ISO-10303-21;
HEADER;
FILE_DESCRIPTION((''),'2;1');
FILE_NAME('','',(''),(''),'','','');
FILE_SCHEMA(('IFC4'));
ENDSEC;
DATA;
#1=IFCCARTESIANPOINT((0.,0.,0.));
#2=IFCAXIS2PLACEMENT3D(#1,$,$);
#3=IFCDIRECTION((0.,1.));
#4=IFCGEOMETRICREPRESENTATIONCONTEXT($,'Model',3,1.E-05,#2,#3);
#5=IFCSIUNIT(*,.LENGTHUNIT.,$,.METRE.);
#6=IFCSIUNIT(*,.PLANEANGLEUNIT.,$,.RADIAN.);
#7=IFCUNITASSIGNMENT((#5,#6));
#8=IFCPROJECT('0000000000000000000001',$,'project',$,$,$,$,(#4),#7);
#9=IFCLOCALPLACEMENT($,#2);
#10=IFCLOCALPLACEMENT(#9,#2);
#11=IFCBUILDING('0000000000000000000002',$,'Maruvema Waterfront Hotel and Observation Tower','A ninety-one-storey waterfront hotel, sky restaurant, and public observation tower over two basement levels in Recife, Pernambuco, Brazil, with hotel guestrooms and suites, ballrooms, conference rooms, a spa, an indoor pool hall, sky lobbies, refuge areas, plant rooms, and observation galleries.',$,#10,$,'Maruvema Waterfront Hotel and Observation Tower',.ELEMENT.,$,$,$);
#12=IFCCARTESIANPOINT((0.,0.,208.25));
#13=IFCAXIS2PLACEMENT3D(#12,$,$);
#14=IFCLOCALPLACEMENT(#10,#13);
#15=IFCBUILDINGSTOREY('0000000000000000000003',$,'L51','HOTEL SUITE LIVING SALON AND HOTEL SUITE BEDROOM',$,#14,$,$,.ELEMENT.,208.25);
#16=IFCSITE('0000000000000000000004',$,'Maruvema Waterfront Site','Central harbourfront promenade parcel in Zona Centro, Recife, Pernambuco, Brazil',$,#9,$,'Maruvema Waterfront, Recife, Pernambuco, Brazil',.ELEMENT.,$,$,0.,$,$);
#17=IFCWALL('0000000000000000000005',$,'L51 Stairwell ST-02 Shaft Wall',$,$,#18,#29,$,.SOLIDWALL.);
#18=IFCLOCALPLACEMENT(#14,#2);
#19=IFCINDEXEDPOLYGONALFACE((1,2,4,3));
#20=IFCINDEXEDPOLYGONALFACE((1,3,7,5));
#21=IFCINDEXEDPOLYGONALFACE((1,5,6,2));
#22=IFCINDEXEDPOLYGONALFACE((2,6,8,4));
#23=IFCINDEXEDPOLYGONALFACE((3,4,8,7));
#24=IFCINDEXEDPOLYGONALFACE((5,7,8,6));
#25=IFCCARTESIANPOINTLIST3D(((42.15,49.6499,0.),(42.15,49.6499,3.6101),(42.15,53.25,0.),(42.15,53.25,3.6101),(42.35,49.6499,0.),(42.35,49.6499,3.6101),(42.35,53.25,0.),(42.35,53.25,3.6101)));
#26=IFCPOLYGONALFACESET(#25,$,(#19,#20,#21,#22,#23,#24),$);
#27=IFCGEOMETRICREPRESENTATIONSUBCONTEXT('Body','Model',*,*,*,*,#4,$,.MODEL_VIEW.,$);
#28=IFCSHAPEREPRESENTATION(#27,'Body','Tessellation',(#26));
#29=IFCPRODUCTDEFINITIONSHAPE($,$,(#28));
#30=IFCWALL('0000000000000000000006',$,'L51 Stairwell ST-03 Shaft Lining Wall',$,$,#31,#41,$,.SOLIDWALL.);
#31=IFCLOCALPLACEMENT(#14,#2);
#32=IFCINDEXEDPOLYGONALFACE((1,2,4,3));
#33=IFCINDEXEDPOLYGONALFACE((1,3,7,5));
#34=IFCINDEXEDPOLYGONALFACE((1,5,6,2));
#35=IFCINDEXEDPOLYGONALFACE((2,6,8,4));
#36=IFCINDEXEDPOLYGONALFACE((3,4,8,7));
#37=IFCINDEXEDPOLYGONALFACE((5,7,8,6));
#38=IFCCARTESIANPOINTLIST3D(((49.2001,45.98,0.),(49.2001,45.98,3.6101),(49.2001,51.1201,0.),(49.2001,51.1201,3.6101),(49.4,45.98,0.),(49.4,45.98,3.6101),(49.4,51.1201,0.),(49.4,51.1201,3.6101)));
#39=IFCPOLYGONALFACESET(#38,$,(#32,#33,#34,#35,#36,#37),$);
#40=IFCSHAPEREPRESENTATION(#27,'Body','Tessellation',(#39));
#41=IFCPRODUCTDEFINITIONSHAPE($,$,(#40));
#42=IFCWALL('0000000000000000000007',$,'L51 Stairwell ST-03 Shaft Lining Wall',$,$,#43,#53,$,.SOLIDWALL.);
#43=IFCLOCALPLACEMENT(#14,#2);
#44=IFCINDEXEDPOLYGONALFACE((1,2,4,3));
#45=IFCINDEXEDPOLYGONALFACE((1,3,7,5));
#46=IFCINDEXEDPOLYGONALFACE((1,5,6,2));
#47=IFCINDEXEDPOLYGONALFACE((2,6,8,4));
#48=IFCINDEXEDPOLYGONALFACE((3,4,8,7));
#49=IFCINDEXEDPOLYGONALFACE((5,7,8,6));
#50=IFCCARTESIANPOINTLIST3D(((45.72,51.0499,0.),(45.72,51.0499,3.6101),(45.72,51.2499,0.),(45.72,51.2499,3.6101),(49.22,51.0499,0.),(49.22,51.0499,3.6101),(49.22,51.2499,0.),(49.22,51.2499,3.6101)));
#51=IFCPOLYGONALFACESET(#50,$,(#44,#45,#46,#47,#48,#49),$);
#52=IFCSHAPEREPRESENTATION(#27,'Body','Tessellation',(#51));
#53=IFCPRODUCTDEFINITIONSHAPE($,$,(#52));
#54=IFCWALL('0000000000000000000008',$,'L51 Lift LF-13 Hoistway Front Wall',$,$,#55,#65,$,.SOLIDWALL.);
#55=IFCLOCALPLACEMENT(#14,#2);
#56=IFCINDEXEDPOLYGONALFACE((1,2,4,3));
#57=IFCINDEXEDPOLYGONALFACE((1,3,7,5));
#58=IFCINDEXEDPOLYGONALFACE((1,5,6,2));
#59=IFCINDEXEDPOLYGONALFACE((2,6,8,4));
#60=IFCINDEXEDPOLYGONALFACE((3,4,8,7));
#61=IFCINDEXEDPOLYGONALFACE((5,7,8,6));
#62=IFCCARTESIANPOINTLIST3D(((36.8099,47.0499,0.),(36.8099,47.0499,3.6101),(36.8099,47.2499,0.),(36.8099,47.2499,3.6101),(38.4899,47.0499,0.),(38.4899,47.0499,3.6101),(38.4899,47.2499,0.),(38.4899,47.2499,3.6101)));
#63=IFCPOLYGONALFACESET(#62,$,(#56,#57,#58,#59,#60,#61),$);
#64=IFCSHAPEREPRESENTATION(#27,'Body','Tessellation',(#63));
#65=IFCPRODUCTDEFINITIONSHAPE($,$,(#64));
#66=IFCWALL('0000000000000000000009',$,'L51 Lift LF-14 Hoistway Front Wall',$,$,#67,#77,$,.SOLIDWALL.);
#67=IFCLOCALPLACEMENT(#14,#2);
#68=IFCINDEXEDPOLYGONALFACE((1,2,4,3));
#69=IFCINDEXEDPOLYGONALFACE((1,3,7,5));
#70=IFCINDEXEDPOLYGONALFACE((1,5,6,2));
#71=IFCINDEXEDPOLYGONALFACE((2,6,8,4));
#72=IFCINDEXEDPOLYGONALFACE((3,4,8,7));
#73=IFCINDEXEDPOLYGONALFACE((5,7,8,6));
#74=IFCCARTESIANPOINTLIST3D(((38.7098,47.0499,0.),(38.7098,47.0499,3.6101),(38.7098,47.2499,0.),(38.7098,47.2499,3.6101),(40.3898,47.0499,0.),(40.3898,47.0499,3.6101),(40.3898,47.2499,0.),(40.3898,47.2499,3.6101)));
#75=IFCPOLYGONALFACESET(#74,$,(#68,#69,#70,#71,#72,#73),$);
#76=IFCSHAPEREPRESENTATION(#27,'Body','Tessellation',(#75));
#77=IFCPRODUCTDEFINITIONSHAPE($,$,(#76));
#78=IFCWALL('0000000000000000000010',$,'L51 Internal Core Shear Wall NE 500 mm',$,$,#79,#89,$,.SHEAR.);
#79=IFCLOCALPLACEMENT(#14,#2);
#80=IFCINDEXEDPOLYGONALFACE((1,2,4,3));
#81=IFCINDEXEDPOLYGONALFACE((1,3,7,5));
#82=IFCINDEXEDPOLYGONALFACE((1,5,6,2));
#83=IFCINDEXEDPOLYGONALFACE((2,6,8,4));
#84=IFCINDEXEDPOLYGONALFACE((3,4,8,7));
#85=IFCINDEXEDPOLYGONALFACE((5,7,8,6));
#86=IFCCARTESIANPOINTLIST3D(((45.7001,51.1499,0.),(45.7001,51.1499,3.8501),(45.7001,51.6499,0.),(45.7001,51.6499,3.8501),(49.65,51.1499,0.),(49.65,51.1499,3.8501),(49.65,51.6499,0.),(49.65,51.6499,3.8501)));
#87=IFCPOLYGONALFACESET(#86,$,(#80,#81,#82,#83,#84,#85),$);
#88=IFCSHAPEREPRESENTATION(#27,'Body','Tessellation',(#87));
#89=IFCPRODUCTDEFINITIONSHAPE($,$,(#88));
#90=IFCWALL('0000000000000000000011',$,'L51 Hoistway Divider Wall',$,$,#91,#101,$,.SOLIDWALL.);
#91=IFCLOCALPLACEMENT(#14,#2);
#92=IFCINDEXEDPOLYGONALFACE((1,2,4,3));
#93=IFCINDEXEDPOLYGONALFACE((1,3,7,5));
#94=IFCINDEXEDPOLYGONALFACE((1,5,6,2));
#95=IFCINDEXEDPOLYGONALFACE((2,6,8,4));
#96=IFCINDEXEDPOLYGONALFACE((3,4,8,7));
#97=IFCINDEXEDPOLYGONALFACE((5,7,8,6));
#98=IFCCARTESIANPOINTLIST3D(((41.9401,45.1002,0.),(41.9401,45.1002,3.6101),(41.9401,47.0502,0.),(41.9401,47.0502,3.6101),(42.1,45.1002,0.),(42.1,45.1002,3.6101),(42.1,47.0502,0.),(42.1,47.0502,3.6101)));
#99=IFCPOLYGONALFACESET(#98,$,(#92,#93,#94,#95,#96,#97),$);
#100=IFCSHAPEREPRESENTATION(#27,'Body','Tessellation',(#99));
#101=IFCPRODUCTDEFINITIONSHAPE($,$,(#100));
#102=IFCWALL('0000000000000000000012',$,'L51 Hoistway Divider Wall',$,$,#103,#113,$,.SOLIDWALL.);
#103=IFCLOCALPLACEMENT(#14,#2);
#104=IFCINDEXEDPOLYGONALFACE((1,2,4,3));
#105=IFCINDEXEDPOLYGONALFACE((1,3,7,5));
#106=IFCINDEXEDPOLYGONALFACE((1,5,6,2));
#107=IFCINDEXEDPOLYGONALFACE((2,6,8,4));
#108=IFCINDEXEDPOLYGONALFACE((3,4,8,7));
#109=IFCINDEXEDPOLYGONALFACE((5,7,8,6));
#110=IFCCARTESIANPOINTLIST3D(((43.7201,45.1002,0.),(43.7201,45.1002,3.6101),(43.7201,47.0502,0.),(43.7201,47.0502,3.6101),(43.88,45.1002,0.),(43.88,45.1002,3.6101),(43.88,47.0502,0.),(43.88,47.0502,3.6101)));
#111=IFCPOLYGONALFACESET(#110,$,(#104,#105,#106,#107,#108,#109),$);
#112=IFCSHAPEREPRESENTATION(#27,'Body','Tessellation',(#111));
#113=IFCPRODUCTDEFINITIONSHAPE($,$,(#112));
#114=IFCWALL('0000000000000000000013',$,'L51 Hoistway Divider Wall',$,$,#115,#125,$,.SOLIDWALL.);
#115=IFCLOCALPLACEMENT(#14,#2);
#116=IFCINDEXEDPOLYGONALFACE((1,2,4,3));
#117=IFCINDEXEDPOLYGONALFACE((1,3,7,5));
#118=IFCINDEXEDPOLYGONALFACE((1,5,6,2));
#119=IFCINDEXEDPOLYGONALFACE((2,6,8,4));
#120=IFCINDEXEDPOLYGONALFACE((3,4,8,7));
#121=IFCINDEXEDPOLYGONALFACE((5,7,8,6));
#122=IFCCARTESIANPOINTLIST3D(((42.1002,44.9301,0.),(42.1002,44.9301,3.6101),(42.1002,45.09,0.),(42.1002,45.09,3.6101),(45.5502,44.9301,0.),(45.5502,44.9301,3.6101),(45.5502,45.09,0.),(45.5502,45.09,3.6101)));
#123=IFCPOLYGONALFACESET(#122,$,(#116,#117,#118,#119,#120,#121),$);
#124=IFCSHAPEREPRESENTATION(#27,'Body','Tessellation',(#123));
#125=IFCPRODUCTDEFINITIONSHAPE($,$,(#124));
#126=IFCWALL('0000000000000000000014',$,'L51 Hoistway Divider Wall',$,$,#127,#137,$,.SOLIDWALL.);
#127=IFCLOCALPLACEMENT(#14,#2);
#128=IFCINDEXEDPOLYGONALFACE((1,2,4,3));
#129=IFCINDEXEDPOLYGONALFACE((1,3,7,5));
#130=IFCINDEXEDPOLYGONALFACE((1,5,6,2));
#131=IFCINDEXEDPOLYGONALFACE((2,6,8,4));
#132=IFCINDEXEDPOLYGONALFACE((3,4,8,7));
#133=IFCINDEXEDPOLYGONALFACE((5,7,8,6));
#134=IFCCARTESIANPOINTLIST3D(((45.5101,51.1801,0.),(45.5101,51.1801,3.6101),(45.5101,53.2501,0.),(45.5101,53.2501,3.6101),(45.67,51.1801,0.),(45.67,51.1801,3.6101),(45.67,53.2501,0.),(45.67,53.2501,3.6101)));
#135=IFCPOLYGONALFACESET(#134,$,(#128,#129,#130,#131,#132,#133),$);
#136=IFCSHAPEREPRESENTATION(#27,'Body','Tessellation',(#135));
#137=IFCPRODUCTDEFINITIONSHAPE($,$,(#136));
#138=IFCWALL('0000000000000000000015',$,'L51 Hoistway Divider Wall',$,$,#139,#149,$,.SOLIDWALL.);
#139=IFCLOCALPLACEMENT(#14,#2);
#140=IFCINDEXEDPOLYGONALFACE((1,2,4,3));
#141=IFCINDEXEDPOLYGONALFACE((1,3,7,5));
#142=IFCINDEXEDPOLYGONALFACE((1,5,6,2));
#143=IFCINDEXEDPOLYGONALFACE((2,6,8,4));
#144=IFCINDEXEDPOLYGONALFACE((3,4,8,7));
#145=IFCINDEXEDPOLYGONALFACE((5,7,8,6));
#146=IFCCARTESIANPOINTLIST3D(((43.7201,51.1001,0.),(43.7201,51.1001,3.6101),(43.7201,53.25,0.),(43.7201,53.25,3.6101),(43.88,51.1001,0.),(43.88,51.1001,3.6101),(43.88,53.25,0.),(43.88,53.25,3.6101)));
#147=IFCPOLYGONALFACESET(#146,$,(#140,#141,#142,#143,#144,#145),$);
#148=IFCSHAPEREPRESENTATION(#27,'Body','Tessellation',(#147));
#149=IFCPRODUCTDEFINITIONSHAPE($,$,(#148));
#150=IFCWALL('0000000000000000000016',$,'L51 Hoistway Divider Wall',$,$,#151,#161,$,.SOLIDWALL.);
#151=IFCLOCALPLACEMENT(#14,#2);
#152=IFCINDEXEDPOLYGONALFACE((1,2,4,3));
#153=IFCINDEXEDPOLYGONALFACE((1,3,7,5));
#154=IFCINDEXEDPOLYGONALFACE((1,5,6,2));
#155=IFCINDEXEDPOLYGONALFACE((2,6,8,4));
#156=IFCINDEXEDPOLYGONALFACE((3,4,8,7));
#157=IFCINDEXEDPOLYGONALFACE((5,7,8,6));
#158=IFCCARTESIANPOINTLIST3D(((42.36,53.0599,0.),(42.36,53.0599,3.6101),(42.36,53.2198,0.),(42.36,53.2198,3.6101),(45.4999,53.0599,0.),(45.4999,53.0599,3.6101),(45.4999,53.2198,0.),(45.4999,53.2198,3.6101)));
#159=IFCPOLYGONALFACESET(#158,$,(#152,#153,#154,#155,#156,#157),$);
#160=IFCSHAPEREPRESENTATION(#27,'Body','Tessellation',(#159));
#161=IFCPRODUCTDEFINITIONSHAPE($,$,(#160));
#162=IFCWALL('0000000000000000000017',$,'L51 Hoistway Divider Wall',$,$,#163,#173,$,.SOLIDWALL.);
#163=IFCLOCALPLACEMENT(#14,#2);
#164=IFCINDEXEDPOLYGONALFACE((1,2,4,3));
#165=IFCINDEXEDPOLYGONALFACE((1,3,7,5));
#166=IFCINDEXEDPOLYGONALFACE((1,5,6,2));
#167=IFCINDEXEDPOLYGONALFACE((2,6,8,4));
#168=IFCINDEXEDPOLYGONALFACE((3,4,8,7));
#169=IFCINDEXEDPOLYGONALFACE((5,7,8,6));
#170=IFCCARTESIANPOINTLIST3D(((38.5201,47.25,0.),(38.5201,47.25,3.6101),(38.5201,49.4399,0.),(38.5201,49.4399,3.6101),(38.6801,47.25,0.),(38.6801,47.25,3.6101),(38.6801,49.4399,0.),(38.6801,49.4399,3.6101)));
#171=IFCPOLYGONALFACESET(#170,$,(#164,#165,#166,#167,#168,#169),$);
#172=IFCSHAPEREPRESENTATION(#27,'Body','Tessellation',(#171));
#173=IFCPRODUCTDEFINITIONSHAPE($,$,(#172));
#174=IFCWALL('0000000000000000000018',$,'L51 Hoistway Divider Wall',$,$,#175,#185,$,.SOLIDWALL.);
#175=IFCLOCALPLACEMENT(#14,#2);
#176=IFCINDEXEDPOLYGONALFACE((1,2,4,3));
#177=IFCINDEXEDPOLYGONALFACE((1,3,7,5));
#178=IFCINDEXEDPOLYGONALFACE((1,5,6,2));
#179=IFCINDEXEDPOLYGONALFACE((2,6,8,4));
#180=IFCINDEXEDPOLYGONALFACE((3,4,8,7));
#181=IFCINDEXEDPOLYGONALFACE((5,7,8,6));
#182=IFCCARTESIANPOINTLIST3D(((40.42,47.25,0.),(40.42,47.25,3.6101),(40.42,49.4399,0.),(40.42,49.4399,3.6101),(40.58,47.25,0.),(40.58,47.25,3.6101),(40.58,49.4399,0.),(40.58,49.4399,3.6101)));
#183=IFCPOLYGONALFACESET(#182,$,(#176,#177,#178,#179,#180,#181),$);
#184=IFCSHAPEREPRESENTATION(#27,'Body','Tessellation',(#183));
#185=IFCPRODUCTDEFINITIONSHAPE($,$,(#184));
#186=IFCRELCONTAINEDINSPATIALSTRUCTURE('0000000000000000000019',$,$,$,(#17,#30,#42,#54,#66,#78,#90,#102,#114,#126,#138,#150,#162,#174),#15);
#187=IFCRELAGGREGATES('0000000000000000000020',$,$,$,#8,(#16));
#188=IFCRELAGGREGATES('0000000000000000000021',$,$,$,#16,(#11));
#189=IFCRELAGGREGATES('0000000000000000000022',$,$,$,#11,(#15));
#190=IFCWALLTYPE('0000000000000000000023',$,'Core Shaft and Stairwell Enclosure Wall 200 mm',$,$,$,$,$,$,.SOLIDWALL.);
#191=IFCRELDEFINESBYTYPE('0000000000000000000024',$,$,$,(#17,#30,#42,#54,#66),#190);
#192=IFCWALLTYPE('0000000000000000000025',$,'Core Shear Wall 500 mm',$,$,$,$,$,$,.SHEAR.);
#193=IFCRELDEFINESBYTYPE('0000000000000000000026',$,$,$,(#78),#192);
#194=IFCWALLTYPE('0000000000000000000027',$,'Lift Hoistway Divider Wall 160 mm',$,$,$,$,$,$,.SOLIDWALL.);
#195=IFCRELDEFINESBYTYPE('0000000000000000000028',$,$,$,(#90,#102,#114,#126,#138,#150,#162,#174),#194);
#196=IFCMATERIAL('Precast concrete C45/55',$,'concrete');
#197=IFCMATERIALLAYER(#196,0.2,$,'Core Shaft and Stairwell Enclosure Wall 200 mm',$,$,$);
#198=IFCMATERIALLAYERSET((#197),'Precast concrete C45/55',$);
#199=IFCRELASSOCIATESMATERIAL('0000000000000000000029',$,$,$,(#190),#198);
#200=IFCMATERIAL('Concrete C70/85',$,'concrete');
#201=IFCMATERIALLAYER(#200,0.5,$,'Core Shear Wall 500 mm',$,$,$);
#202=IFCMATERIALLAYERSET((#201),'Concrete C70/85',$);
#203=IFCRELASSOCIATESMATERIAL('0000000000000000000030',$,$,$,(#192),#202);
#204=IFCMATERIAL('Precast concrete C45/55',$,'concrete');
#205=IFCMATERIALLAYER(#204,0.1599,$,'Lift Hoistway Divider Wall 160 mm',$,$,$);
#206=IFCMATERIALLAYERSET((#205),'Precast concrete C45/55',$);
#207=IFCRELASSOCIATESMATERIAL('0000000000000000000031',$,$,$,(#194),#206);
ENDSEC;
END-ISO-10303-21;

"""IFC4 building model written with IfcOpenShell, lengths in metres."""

from ifc_helpers import new_model, si_unit, direction, frame, frame_2d, origin, place, context, subcontext, project, spatial, rectangle, extrude, material, layer, layer_set, type_object, element, save


model = new_model("IFC4")

# Units and contexts
model_context = context("Model", 3, precision=1e-05, world=origin(), true_north=direction((0.0, 1.0)))
body_context = subcontext(model_context, "Body", "Model", "MODEL_VIEW")
ifc_project = project(units=[si_unit("LENGTHUNIT", "METRE"), si_unit("PLANEANGLEUNIT", "RADIAN")], contexts=[model_context])

# Site, building, storey
site_placement = place(None, origin())
site = spatial("IfcSite", under=ifc_project, at=site_placement, Name="Maruvema Waterfront Site", Description="Central harbourfront promenade parcel in Zona Centro, Recife, Pernambuco, Brazil", LongName="Maruvema Waterfront, Recife, Pernambuco, Brazil", CompositionType="ELEMENT", RefElevation=0.0)
building_placement = place(site_placement, origin())
building = spatial("IfcBuilding", under=site, at=building_placement, Name="Maruvema Waterfront Hotel and Observation Tower", Description="A ninety-one-storey waterfront hotel, sky restaurant, and public observation tower over two basement levels in Recife, Pernambuco, Brazil, with hotel guestrooms and suites, ballrooms, conference rooms, a spa, an indoor pool hall, sky lobbies, refuge areas, plant rooms, and observation galleries.", LongName="Maruvema Waterfront Hotel and Observation Tower", CompositionType="ELEMENT")
storey_placement = place(building_placement, frame((0.0, 0.0, 208.25)))
storey = spatial("IfcBuildingStorey", under=building, at=storey_placement, Name="L51", Description="HOTEL SUITE LIVING SALON AND HOTEL SUITE BEDROOM", CompositionType="ELEMENT", Elevation=208.25)

# Walls
ifc_material_1 = material(Name="Precast concrete C45/55", Category="concrete")
ifc_layer_1 = layer(ifc_material_1, 0.2, Name="Core Shaft and Stairwell Enclosure Wall 200 mm")
ifc_layer_set_1 = layer_set([ifc_layer_1], Name="Precast concrete C45/55")
wall_type_1 = type_object("IfcWallType", Name="Core Shaft and Stairwell Enclosure Wall 200 mm", PredefinedType="SOLIDWALL", material=ifc_layer_set_1)
wall_1_placement = place(storey_placement, frame((42.25, 49.6499, 0.0), z_axis=(0.0, 0.0, 1.0), x_axis=(0.0, 1.0, 0.0)))
element("IfcWall", 1, at=wall_1_placement, inside=storey, type_object=wall_type_1, Name="L51 Stairwell ST-02 Shaft Wall", PredefinedType="SOLIDWALL", context=body_context, shape_type="SweptSolid", body=[
    extrude(rectangle(XDim=3.6001, YDim=0.2, at=frame_2d((1.8, 0.0))), origin(), (0.0, 0.0, 1.0), 3.6101),
])
wall_2_placement = place(storey_placement, frame((49.3, 45.98, 0.0), z_axis=(0.0, 0.0, 1.0), x_axis=(0.0, 1.0, 0.0)))
element("IfcWall", 2, at=wall_2_placement, inside=storey, type_object=wall_type_1, Name="L51 Stairwell ST-03 Shaft Lining Wall", PredefinedType="SOLIDWALL", context=body_context, shape_type="SweptSolid", body=[
    extrude(rectangle(XDim=5.1401, YDim=0.2, at=frame_2d((2.5701, 0.0))), origin(), (0.0, 0.0, 1.0), 3.6101),
])
wall_3_placement = place(storey_placement, frame((45.72, 51.1499, 0.0), z_axis=(0.0, 0.0, 1.0), x_axis=(1.0, 0.0, 0.0)))
element("IfcWall", 3, at=wall_3_placement, inside=storey, type_object=wall_type_1, Name="L51 Stairwell ST-03 Shaft Lining Wall", PredefinedType="SOLIDWALL", context=body_context, shape_type="SweptSolid", body=[
    extrude(rectangle(XDim=3.5, YDim=0.2, at=frame_2d((1.75, 0.0))), origin(), (0.0, 0.0, 1.0), 3.6101),
])

# Walls
for number, where, z_axis, x_axis, name in (
    (4, (36.8101, 47.1499, 0.0), (0.0, 0.0, 1.0), (1.0, 0.0, 0.0), "L51 Lift LF-13 Hoistway Front Wall"),
    (5, (38.71, 47.1499, 0.0), (0.0, 0.0, 1.0), (1.0, 0.0, 0.0), "L51 Lift LF-14 Hoistway Front Wall"),
):
    element("IfcWall", number, at=place(storey_placement, frame(where, z_axis=z_axis, x_axis=x_axis)), inside=storey, type_object=wall_type_1, Name=name, PredefinedType="SOLIDWALL", context=body_context, shape_type="SweptSolid", body=[
        extrude(rectangle(XDim=1.6799, YDim=0.2, at=frame_2d((0.8398, 0.0))), origin(), (0.0, 0.0, 1.0), 3.6101),
    ])
ifc_material_2 = material(Name="Concrete C70/85", Category="concrete")
ifc_layer_2 = layer(ifc_material_2, 0.5, Name="Core Shear Wall 500 mm")
ifc_layer_set_2 = layer_set([ifc_layer_2], Name="Concrete C70/85")
wall_type_2 = type_object("IfcWallType", Name="Core Shear Wall 500 mm", PredefinedType="SHEAR", material=ifc_layer_set_2)
wall_4_placement = place(storey_placement, frame((45.7, 51.3999, 0.0), z_axis=(0.0, 0.0, 1.0), x_axis=(1.0, 0.0, 0.0)))
element("IfcWall", 6, at=wall_4_placement, inside=storey, type_object=wall_type_2, Name="L51 Internal Core Shear Wall NE 500 mm", PredefinedType="SHEAR", context=body_context, shape_type="SweptSolid", body=[
    extrude(rectangle(XDim=3.95, YDim=0.5, at=frame_2d((1.9751, 0.0))), origin(), (0.0, 0.0, 1.0), 3.8501),
])
ifc_material_3 = material(Name="Precast concrete C45/55", Category="concrete")
ifc_layer_3 = layer(ifc_material_3, 0.1599, Name="Lift Hoistway Divider Wall 160 mm")
ifc_layer_set_3 = layer_set([ifc_layer_3], Name="Precast concrete C45/55")
wall_type_3 = type_object("IfcWallType", Name="Lift Hoistway Divider Wall 160 mm", PredefinedType="SOLIDWALL", material=ifc_layer_set_3)
for number, where, z_axis, x_axis, name in (
    (7, (42.02, 45.1001, 0.0), (0.0, 0.0, 1.0), (0.0, 1.0, 0.0), "L51 Hoistway Divider Wall"),
    (8, (43.8, 45.1001, 0.0), (0.0, 0.0, 1.0), (0.0, 1.0, 0.0), "L51 Hoistway Divider Wall"),
):
    element("IfcWall", number, at=place(storey_placement, frame(where, z_axis=z_axis, x_axis=x_axis)), inside=storey, type_object=wall_type_3, Name=name, PredefinedType="SOLIDWALL", context=body_context, shape_type="SweptSolid", body=[
        extrude(rectangle(XDim=1.95, YDim=0.1599, at=frame_2d((0.9751, 0.0))), origin(), (0.0, 0.0, 1.0), 3.6101),
    ])
wall_5_placement = place(storey_placement, frame((42.1001, 45.01, 0.0), z_axis=(0.0, 0.0, 1.0), x_axis=(1.0, 0.0, 0.0)))
element("IfcWall", 9, at=wall_5_placement, inside=storey, type_object=wall_type_3, Name="L51 Hoistway Divider Wall", PredefinedType="SOLIDWALL", context=body_context, shape_type="SweptSolid", body=[
    extrude(rectangle(XDim=3.45, YDim=0.1599, at=frame_2d((1.7251, 0.0))), origin(), (0.0, 0.0, 1.0), 3.6101),
])
wall_6_placement = place(storey_placement, frame((45.5901, 51.1799, 0.0), z_axis=(0.0, 0.0, 1.0), x_axis=(0.0, 1.0, 0.0)))
element("IfcWall", 10, at=wall_6_placement, inside=storey, type_object=wall_type_3, Name="L51 Hoistway Divider Wall", PredefinedType="SOLIDWALL", context=body_context, shape_type="SweptSolid", body=[
    extrude(rectangle(XDim=2.0701, YDim=0.1599, at=frame_2d((1.0352, 0.0))), origin(), (0.0, 0.0, 1.0), 3.6101),
])
wall_7_placement = place(storey_placement, frame((43.8, 51.1001, 0.0), z_axis=(0.0, 0.0, 1.0), x_axis=(0.0, 1.0, 0.0)))
element("IfcWall", 11, at=wall_7_placement, inside=storey, type_object=wall_type_3, Name="L51 Hoistway Divider Wall", PredefinedType="SOLIDWALL", context=body_context, shape_type="SweptSolid", body=[
    extrude(rectangle(XDim=2.1499, YDim=0.1599, at=frame_2d((1.075, 0.0))), origin(), (0.0, 0.0, 1.0), 3.6101),
])
wall_8_placement = place(storey_placement, frame((42.3601, 53.1399, 0.0), z_axis=(0.0, 0.0, 1.0), x_axis=(1.0, 0.0, 0.0)))
element("IfcWall", 12, at=wall_8_placement, inside=storey, type_object=wall_type_3, Name="L51 Hoistway Divider Wall", PredefinedType="SOLIDWALL", context=body_context, shape_type="SweptSolid", body=[
    extrude(rectangle(XDim=3.1399, YDim=0.1599, at=frame_2d((1.5698, 0.0))), origin(), (0.0, 0.0, 1.0), 3.6101),
])
for number, where, z_axis, x_axis, name in (
    (13, (38.6001, 47.25, 0.0), (0.0, 0.0, 1.0), (0.0, 1.0, 0.0), "L51 Hoistway Divider Wall"),
    (14, (40.5, 47.25, 0.0), (0.0, 0.0, 1.0), (0.0, 1.0, 0.0), "L51 Hoistway Divider Wall"),
):
    element("IfcWall", number, at=place(storey_placement, frame(where, z_axis=z_axis, x_axis=x_axis)), inside=storey, type_object=wall_type_3, Name=name, PredefinedType="SOLIDWALL", context=body_context, shape_type="SweptSolid", body=[
        extrude(rectangle(XDim=2.1899, YDim=0.1599, at=frame_2d((1.095, 0.0))), origin(), (0.0, 0.0, 1.0), 3.6101),
    ])

save(model, "model.ifc")
